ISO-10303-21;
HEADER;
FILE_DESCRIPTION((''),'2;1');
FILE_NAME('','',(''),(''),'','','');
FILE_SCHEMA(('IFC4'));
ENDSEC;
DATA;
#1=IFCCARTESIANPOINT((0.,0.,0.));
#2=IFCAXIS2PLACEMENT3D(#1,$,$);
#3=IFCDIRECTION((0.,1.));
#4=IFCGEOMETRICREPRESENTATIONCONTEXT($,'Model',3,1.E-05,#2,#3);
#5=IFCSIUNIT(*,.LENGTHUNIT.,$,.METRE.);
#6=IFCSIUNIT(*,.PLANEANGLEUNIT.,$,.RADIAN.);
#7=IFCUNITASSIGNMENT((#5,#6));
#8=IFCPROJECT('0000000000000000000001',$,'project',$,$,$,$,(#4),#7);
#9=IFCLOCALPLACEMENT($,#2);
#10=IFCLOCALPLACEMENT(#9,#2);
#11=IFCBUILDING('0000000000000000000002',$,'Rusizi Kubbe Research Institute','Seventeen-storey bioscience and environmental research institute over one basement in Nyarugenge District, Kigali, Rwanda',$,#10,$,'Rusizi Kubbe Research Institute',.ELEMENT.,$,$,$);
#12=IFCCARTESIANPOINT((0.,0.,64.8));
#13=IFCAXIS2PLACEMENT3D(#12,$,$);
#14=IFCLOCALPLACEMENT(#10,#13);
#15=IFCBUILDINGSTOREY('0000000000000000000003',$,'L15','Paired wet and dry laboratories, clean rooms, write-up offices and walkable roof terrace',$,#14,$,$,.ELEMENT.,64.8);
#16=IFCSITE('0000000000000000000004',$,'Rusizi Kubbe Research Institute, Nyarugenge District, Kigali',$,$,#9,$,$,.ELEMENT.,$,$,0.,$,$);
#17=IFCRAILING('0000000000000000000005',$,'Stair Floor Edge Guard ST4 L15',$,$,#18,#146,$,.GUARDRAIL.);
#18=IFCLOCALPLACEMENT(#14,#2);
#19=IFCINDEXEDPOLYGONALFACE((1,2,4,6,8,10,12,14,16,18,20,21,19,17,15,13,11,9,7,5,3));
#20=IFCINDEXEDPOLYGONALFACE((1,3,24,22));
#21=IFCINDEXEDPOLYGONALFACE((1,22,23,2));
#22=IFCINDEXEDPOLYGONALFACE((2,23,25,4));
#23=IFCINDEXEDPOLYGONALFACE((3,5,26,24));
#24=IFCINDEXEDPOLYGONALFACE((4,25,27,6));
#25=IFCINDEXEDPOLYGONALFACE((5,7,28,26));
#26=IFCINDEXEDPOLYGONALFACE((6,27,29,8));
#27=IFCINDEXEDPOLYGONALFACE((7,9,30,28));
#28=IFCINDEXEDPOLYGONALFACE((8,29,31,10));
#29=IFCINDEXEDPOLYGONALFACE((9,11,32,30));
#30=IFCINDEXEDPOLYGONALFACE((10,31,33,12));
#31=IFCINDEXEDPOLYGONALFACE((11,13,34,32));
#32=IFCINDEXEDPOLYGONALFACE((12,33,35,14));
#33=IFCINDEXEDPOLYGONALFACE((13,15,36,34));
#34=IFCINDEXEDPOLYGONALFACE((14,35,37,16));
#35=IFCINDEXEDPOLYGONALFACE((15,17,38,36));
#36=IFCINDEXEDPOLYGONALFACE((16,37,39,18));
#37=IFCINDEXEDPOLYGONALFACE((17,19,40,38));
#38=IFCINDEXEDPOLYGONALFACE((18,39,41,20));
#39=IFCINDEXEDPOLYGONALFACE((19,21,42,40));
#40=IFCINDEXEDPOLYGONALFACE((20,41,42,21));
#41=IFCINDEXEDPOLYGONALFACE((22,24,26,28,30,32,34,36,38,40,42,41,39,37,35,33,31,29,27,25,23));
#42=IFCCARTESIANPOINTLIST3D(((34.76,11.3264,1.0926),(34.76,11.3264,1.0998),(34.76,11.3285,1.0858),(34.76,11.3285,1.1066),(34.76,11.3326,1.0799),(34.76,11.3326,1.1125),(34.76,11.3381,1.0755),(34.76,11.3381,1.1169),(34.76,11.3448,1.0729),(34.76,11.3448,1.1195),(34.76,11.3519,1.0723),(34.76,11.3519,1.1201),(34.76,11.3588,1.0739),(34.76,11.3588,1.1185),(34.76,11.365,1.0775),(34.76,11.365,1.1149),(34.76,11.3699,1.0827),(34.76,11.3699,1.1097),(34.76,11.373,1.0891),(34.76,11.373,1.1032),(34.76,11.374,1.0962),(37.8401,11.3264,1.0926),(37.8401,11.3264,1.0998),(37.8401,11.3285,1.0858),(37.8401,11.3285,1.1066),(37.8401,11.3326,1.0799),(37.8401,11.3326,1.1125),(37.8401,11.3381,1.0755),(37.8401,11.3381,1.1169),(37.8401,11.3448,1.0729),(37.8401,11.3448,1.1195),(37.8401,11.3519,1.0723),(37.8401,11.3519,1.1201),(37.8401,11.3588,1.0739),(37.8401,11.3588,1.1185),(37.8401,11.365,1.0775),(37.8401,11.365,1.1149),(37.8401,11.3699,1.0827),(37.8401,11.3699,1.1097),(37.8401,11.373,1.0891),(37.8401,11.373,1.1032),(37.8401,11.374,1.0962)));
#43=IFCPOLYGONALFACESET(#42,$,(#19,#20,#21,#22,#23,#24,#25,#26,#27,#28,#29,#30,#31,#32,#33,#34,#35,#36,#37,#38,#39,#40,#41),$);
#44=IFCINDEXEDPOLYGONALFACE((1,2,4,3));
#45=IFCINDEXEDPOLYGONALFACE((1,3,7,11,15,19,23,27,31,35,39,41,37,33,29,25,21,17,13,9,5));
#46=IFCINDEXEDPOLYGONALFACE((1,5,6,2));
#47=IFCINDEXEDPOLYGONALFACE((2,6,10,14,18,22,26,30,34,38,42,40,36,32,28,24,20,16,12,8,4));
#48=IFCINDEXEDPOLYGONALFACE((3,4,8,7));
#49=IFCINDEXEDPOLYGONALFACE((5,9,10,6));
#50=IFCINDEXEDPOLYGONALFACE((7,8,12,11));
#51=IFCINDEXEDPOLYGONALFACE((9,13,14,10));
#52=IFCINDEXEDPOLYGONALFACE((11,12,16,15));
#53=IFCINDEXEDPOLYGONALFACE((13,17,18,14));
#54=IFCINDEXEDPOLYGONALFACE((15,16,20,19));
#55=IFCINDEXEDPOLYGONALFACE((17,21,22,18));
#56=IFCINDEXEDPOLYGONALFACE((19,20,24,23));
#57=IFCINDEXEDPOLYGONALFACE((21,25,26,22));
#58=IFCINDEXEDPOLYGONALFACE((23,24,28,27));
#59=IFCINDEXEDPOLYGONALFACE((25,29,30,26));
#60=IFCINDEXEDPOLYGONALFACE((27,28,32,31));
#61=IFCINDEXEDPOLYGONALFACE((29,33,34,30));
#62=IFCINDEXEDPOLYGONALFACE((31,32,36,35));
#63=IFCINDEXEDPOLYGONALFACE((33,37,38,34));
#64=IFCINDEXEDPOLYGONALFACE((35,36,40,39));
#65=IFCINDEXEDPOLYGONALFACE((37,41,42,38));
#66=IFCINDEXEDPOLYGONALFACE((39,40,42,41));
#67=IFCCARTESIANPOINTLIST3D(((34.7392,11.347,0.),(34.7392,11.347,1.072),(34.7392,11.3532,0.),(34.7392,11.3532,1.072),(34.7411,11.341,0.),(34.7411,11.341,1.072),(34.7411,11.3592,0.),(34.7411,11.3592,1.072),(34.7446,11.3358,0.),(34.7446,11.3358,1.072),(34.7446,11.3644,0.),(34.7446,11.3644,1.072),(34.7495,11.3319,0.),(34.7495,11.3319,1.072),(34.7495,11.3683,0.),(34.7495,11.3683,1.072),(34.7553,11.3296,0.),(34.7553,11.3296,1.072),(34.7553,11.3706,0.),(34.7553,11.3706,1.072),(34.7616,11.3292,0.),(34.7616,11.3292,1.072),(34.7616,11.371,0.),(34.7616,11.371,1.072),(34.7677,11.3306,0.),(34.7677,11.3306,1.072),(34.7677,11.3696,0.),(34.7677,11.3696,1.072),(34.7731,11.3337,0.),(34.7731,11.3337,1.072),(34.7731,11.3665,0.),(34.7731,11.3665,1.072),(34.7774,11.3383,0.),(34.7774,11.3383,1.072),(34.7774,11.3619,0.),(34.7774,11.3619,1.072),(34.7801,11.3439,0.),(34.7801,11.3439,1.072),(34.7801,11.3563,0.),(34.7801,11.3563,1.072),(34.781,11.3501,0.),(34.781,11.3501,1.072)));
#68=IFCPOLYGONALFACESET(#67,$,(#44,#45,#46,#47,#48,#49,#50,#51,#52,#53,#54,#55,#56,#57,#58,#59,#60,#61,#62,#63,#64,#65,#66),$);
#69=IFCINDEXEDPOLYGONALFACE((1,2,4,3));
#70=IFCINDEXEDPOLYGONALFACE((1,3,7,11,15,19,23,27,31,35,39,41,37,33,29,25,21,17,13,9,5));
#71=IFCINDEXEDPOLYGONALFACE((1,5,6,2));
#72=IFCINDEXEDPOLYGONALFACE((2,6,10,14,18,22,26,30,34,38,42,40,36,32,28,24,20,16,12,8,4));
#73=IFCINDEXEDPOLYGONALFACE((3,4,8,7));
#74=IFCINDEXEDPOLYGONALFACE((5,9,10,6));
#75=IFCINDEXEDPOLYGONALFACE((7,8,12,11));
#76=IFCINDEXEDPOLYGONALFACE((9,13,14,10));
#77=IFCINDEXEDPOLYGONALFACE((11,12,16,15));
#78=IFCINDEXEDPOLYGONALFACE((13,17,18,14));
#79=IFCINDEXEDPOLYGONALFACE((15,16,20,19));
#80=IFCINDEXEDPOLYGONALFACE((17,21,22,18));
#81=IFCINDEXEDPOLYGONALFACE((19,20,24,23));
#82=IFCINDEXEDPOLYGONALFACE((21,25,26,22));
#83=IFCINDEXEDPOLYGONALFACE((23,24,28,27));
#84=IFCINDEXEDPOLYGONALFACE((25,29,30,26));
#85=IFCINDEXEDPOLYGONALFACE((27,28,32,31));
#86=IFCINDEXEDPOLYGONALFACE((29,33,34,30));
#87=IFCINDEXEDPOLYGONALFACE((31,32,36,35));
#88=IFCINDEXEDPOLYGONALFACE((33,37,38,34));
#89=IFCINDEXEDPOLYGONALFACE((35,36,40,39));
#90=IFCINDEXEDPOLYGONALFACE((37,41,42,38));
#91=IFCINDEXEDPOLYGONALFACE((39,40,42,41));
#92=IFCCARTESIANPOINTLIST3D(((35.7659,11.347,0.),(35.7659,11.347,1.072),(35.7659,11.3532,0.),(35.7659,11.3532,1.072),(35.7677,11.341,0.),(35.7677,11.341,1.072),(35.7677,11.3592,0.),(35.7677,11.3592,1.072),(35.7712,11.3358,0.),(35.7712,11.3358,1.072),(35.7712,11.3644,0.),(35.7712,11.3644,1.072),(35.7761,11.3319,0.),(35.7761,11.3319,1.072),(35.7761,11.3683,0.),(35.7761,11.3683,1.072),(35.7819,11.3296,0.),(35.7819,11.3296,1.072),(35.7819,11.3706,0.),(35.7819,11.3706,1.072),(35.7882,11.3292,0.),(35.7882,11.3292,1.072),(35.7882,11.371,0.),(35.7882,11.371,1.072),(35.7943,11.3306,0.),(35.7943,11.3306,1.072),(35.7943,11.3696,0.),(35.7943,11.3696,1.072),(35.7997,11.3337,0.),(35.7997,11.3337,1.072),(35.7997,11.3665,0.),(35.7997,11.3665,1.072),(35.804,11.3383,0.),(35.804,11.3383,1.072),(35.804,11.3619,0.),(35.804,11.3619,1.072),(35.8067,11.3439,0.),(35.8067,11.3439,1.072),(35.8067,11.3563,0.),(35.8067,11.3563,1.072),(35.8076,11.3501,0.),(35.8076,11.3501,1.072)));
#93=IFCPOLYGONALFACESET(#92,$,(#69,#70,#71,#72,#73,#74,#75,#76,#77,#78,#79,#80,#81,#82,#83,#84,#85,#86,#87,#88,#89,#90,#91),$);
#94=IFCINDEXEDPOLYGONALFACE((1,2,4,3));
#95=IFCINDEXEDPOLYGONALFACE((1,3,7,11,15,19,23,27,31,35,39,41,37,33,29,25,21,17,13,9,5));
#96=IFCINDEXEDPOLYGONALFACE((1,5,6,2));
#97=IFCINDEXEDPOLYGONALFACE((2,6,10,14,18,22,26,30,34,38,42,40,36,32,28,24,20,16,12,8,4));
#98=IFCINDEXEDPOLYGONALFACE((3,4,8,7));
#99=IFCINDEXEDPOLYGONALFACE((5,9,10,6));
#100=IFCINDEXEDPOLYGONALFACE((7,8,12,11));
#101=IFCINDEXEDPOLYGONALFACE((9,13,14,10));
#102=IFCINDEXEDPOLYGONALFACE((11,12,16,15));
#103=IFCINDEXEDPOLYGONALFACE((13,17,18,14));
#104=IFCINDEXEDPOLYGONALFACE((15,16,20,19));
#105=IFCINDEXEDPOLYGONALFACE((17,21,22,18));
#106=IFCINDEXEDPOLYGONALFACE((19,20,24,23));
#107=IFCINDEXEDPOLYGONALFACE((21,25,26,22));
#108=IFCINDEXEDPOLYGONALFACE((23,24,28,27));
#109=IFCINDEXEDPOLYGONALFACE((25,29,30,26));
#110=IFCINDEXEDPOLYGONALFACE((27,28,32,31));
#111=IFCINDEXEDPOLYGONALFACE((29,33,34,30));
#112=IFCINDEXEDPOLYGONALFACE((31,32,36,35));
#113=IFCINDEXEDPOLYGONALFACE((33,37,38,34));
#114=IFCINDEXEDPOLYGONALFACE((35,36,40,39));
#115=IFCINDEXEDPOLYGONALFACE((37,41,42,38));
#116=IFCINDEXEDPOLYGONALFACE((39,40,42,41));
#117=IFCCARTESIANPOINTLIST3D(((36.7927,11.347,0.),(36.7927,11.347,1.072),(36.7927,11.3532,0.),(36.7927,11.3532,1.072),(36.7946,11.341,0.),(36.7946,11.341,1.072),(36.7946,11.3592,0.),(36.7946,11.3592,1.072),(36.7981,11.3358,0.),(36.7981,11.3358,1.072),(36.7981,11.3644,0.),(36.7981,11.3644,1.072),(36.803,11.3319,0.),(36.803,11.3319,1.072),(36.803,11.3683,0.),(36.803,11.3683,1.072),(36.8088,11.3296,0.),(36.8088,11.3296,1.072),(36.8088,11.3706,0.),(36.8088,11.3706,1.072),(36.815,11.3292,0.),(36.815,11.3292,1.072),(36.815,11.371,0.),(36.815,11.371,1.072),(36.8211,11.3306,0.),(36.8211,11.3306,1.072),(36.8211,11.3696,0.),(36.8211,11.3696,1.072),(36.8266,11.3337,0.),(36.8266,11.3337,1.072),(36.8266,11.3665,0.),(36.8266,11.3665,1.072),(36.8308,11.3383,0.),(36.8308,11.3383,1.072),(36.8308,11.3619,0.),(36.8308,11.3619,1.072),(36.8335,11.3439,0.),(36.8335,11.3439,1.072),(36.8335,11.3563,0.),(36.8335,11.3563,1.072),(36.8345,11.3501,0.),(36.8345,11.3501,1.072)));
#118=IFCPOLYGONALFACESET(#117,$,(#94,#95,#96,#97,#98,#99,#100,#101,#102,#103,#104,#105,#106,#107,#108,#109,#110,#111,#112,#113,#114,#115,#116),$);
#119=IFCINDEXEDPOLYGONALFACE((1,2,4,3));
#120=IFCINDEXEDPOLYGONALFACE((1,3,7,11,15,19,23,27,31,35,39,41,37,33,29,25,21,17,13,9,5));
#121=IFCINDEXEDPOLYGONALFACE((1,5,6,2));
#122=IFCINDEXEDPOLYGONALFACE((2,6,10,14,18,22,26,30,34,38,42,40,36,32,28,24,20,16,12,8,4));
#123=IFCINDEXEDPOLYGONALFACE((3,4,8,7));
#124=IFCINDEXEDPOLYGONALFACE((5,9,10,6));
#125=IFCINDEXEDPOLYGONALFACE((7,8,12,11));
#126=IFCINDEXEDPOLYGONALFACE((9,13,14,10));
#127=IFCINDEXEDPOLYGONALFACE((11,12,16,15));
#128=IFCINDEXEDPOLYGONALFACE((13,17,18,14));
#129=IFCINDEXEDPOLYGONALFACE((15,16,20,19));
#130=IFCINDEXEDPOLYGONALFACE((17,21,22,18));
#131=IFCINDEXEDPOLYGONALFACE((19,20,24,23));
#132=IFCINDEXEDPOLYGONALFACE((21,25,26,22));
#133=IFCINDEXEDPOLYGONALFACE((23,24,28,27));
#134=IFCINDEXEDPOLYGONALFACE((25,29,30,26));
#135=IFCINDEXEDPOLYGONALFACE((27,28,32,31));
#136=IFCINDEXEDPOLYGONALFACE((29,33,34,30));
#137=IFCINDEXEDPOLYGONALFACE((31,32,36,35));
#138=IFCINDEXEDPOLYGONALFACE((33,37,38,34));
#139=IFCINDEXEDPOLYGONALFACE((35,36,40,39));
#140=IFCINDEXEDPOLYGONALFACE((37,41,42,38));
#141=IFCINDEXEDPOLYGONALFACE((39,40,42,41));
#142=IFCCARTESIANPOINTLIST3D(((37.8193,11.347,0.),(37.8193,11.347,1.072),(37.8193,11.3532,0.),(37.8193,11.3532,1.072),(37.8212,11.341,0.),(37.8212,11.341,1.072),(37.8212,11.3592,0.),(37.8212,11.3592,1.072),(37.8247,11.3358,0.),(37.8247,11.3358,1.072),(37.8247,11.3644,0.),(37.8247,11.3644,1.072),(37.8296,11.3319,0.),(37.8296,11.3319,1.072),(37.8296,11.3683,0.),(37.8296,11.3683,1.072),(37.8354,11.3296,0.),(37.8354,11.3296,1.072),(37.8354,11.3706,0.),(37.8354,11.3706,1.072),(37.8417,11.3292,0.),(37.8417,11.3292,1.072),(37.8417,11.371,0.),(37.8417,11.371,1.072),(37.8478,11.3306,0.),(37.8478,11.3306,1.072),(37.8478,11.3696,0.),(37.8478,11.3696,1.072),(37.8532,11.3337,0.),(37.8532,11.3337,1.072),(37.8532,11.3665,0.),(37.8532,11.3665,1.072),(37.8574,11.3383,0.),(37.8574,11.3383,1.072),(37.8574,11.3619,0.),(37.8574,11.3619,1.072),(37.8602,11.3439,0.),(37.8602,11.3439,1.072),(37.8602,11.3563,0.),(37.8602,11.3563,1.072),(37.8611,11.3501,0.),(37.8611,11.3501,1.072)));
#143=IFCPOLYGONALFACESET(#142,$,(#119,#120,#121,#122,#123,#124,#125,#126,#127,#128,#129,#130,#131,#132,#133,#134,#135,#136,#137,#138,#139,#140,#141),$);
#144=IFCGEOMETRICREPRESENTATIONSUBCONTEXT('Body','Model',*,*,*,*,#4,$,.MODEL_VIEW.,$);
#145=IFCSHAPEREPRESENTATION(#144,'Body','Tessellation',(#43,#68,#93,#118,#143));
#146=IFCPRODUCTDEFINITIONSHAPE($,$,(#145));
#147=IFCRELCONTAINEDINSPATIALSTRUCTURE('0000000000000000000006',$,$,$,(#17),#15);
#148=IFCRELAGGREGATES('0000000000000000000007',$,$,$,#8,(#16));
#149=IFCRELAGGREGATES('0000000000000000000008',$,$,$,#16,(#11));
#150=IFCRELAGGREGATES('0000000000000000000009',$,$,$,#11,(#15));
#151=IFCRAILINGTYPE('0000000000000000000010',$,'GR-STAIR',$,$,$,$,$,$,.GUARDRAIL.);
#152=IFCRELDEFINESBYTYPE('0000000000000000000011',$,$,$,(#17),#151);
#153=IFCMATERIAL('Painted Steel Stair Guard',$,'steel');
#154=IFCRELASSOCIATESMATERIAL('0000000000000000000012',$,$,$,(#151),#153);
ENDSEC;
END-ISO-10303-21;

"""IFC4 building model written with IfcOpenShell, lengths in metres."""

from ifc_helpers import new_model, si_unit, direction, frame, origin, origin_2d, place, context, subcontext, project, spatial, circle, extrude, material, type_object, element, save


model = new_model("IFC4")

# Units and contexts
model_context = context("Model", 3, precision=1e-05, world=origin(), true_north=direction((0.0, 1.0)))
body_context = subcontext(model_context, "Body", "Model", "MODEL_VIEW")
ifc_project = project(units=[si_unit("LENGTHUNIT", "METRE"), si_unit("PLANEANGLEUNIT", "RADIAN")], contexts=[model_context])

# Site, building, storey
site_placement = place(None, origin())
site = spatial("IfcSite", under=ifc_project, at=site_placement, Name="Rusizi Kubbe Research Institute, Nyarugenge District, Kigali", CompositionType="ELEMENT", RefElevation=0.0)
building_placement = place(site_placement, origin())
building = spatial("IfcBuilding", under=site, at=building_placement, Name="Rusizi Kubbe Research Institute", Description="Seventeen-storey bioscience and environmental research institute over one basement in Nyarugenge District, Kigali, Rwanda", LongName="Rusizi Kubbe Research Institute", CompositionType="ELEMENT")
storey_placement = place(building_placement, frame((0.0, 0.0, 64.8)))
storey = spatial("IfcBuildingStorey", under=building, at=storey_placement, Name="L15", Description="Paired wet and dry laboratories, clean rooms, write-up offices and walkable roof terrace", CompositionType="ELEMENT", Elevation=64.8)

# Railing
ifc_material_1 = material(Name="Painted Steel Stair Guard", Category="steel")
railing_type_1 = type_object("IfcRailingType", Name="GR-STAIR", PredefinedType="GUARDRAIL", material=ifc_material_1)
railing_1_placement = place(storey_placement, frame((34.76, 11.3501, 0.0)))
element("IfcRailing", 1, at=railing_1_placement, inside=storey, type_object=railing_type_1, Name="Stair Floor Edge Guard ST4 L15", PredefinedType="GUARDRAIL", context=body_context, shape_type="SweptSolid", body=[
    extrude(circle(Radius=0.0239, at=origin_2d()), frame((0.0, 0.0, 1.0962), z_axis=(1.0, 0.0, 0.0), x_axis=(0.0, 1.0, 0.0)), (0.0, 0.0, 1.0), 3.0801),
    extrude(circle(Radius=0.021, at=origin_2d()), origin(), (0.0, 0.0, 1.0), 1.072),
    extrude(circle(Radius=0.021, at=origin_2d()), frame((1.0266, 0.0, 0.0)), (0.0, 0.0, 1.0), 1.072),
    extrude(circle(Radius=0.021, at=origin_2d()), frame((2.0535, 0.0, 0.0)), (0.0, 0.0, 1.0), 1.072),
    extrude(circle(Radius=0.021, at=origin_2d()), frame((3.0801, 0.0, 0.0)), (0.0, 0.0, 1.0), 1.072),
])

save(model, "model.ifc")
